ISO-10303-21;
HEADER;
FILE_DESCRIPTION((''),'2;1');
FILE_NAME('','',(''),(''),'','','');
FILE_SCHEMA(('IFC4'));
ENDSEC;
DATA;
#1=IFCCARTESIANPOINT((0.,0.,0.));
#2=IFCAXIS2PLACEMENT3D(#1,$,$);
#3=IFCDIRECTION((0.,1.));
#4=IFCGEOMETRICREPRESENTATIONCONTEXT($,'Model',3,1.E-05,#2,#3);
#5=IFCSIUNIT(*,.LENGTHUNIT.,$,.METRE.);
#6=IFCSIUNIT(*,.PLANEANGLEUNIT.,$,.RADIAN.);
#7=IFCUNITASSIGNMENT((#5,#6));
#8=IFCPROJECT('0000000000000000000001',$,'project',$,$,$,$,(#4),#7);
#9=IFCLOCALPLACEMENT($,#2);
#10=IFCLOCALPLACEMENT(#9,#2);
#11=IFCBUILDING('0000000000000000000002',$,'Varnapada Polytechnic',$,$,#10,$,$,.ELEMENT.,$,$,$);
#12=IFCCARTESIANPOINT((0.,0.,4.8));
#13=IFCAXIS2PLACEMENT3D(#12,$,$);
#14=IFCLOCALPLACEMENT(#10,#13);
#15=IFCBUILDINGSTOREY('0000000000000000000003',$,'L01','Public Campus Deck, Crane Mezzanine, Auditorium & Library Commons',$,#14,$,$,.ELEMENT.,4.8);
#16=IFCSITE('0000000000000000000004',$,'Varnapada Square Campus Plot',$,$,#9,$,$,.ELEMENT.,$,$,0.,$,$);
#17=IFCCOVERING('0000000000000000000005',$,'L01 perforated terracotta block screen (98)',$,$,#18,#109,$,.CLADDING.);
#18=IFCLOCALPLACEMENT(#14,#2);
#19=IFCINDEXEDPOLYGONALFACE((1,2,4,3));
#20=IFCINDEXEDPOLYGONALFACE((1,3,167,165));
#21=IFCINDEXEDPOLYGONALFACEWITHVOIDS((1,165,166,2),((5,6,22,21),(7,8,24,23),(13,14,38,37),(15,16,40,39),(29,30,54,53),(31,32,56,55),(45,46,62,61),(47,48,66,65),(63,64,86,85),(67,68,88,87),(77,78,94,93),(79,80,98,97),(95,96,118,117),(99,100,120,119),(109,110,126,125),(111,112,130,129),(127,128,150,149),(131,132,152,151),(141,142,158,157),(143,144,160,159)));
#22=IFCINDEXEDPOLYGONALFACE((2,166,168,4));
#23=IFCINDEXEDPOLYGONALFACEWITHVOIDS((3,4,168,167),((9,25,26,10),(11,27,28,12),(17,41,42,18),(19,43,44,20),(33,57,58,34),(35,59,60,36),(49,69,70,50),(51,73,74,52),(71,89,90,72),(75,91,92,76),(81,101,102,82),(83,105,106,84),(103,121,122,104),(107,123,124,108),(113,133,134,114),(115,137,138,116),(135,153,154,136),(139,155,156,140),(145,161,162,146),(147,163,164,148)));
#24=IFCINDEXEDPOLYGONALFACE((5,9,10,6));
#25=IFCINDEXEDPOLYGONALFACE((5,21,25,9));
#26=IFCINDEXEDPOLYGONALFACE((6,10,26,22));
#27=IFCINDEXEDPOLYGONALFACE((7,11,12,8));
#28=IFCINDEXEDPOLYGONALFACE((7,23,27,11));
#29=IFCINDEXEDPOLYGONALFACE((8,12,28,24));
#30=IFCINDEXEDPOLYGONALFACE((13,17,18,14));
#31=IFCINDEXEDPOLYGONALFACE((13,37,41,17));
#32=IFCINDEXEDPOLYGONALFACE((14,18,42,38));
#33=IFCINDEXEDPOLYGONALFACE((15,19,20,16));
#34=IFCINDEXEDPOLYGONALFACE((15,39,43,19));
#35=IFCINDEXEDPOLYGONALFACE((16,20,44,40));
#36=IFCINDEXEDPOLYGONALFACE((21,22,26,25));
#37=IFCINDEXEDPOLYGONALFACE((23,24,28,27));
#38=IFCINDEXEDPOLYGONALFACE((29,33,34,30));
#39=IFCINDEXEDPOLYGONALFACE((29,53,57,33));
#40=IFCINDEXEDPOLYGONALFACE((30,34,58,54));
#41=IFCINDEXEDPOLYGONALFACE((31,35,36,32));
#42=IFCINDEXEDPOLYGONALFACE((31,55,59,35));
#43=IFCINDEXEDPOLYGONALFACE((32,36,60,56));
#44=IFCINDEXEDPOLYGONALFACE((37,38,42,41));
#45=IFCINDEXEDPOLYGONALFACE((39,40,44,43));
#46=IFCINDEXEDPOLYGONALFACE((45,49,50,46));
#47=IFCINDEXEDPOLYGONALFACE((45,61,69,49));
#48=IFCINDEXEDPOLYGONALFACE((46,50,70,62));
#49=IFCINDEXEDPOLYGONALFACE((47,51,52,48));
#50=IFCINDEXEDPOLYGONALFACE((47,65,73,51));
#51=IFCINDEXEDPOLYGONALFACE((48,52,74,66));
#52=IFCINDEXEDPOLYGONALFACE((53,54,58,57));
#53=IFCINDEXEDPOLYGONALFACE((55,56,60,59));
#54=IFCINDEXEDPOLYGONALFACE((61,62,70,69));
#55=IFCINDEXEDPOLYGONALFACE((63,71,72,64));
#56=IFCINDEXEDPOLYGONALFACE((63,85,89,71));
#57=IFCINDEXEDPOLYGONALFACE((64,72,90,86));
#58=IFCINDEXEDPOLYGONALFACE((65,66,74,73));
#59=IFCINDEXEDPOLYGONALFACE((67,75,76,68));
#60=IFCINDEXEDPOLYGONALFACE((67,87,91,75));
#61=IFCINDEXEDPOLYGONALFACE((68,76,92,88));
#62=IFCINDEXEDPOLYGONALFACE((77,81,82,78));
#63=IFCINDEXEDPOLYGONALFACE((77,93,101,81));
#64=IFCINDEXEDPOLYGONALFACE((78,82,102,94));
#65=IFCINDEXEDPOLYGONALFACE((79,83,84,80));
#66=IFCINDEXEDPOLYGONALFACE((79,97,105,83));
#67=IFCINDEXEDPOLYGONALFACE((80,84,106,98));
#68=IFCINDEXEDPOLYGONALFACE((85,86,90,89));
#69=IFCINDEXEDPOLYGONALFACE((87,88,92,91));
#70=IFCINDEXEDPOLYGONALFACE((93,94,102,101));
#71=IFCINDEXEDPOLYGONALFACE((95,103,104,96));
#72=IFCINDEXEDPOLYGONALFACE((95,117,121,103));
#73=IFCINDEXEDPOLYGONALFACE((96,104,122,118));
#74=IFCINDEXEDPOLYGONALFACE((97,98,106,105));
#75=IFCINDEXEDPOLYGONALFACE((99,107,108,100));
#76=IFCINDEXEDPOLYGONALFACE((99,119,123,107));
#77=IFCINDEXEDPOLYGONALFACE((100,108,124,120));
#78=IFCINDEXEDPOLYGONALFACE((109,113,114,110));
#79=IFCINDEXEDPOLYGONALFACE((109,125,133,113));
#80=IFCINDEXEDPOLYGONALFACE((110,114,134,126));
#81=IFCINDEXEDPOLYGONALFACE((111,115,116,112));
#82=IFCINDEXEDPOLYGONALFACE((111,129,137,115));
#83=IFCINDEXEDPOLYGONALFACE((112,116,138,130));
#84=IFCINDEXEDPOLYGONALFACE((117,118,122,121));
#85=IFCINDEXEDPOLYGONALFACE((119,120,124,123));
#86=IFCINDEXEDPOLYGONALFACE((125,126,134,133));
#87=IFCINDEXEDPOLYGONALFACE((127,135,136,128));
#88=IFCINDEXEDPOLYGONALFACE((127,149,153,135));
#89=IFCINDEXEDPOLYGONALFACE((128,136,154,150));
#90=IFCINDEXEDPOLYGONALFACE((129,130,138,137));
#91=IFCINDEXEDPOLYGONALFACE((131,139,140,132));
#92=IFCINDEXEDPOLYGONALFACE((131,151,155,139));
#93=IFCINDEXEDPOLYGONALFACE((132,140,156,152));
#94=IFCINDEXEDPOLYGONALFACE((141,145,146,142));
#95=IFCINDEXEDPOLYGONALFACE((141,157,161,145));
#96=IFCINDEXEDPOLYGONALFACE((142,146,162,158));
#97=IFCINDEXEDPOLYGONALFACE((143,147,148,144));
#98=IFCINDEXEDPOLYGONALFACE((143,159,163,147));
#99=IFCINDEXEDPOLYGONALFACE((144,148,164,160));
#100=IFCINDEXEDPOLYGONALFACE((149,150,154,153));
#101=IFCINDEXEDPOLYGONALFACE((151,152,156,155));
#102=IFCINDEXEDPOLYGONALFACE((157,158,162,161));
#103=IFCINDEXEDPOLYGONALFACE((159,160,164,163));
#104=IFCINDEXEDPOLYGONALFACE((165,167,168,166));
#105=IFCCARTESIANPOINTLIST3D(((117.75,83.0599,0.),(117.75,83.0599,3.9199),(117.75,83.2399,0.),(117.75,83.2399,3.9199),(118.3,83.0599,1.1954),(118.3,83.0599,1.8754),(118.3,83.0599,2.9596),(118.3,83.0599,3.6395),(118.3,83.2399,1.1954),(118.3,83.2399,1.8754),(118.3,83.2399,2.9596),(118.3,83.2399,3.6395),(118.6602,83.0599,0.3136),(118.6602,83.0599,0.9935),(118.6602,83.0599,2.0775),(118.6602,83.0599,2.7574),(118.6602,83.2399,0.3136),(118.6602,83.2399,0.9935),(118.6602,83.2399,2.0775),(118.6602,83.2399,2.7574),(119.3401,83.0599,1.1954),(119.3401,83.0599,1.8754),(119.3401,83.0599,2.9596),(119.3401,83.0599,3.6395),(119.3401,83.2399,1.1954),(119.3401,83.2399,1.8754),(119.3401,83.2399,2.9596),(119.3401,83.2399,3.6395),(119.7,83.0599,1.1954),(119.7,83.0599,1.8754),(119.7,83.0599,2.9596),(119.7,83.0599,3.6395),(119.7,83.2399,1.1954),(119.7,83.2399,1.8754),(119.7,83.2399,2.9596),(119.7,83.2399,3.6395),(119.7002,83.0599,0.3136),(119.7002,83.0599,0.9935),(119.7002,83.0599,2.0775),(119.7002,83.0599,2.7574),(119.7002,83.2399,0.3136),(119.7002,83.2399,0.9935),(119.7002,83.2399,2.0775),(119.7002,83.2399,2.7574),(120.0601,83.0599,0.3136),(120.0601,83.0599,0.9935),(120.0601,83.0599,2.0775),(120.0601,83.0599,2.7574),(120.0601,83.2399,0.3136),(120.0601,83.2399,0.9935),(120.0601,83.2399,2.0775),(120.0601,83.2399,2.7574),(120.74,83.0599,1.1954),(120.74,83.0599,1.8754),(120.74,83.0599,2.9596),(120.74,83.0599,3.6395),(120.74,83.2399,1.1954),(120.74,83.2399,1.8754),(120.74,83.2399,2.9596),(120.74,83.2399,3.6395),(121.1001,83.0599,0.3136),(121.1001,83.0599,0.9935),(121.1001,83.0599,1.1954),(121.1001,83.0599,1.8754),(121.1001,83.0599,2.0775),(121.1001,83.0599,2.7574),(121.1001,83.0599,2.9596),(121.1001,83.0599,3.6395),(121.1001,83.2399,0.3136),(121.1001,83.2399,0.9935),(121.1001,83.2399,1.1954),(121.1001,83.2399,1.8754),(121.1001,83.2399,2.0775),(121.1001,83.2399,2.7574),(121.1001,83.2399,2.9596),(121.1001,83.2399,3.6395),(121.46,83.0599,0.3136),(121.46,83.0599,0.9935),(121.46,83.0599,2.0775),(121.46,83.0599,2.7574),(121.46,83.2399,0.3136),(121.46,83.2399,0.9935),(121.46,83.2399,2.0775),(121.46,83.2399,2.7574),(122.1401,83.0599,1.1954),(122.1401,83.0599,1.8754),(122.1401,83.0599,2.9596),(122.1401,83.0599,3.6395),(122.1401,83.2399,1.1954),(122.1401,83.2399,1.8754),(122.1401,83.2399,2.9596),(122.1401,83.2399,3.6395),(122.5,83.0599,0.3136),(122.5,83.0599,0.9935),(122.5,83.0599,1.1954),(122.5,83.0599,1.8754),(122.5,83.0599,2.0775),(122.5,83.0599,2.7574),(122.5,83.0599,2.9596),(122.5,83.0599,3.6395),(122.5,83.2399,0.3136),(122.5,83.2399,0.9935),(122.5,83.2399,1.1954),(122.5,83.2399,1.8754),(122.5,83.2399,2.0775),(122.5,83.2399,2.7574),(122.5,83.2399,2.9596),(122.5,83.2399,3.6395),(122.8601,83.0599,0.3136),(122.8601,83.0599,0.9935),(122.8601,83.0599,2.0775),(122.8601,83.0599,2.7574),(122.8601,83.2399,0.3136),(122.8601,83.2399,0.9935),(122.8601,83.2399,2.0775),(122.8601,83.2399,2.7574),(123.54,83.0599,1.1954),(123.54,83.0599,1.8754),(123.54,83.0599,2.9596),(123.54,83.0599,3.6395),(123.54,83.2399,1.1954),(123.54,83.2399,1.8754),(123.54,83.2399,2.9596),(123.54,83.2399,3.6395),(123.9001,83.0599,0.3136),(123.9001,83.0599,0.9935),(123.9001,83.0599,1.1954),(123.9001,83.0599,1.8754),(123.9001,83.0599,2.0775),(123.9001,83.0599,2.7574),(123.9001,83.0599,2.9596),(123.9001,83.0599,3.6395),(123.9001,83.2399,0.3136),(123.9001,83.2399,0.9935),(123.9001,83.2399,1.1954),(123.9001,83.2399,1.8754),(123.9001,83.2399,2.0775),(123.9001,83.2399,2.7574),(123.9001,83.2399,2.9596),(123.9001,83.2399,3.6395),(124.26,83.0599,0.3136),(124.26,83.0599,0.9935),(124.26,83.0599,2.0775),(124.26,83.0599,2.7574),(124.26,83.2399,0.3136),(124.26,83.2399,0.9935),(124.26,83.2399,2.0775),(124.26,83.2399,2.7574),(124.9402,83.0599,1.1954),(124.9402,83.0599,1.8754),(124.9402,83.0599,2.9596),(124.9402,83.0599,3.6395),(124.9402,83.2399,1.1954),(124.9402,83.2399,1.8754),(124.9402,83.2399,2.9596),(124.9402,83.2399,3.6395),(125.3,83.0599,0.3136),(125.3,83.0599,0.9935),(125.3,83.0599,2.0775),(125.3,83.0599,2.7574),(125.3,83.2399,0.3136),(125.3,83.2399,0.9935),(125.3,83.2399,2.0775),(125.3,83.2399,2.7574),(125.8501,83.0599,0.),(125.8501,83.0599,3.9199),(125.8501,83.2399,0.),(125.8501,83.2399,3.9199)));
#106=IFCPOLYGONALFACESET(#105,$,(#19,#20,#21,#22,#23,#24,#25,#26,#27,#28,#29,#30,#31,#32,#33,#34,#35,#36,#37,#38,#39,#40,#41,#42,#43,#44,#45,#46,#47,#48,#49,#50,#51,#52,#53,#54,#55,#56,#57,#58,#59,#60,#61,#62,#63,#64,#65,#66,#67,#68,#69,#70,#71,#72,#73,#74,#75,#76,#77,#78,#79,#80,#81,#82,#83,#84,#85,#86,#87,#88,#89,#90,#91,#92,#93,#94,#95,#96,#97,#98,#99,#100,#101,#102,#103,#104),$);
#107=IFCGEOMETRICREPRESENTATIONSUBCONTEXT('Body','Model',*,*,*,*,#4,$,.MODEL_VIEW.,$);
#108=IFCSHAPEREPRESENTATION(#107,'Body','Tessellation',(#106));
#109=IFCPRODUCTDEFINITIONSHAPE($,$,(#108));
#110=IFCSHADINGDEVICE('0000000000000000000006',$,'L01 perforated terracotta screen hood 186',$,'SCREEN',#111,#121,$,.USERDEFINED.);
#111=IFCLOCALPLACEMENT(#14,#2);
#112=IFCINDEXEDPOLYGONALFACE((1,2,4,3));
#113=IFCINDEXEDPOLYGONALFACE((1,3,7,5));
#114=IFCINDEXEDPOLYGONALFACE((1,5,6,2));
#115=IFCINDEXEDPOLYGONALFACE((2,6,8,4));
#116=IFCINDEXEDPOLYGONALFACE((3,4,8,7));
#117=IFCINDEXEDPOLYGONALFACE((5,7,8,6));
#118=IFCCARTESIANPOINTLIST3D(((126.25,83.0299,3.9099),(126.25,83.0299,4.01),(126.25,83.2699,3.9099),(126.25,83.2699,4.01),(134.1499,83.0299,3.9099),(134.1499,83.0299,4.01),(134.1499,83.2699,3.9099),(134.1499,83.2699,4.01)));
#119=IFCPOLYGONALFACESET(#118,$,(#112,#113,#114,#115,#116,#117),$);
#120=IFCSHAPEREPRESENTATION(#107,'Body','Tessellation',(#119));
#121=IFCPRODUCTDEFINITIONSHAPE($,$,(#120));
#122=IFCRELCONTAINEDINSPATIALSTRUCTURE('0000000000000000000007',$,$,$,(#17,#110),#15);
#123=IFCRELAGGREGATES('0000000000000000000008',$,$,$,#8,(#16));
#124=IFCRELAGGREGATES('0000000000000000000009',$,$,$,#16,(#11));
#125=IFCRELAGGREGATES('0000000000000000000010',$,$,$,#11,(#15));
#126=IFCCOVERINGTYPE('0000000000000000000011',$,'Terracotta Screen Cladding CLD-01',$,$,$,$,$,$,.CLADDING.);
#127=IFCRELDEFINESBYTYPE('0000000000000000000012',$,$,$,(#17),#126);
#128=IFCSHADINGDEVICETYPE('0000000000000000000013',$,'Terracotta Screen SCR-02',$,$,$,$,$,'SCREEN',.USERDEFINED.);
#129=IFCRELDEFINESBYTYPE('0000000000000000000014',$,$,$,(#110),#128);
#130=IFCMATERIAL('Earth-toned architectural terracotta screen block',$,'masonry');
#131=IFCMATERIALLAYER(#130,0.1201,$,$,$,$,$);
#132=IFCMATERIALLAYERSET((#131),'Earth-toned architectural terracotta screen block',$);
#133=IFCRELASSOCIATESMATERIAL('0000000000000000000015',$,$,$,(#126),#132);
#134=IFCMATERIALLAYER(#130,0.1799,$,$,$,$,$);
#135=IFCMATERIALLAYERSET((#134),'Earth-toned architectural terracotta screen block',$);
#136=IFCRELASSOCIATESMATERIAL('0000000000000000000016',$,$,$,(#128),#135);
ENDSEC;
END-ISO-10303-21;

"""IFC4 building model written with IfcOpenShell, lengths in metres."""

from ifc_helpers import new_model, si_unit, direction, frame, frame_2d, origin, origin_2d, place, context, subcontext, project, spatial, rectangle, extrude, material, layer, layer_set, type_object, element, save


model = new_model("IFC4")

# Units and contexts
model_context = context("Model", 3, precision=1e-05, world=origin(), true_north=direction((0.0, 1.0)))
body_context = subcontext(model_context, "Body", "Model", "MODEL_VIEW")
ifc_project = project(units=[si_unit("LENGTHUNIT", "METRE"), si_unit("PLANEANGLEUNIT", "RADIAN")], contexts=[model_context])

# Site, building, storey
site_placement = place(None, origin())
site = spatial("IfcSite", under=ifc_project, at=site_placement, Name="Varnapada Square Campus Plot", CompositionType="ELEMENT", RefElevation=0.0)
building_placement = place(site_placement, origin())
building = spatial("IfcBuilding", under=site, at=building_placement, Name="Varnapada Polytechnic", CompositionType="ELEMENT")
storey_placement = place(building_placement, frame((0.0, 0.0, 4.8)))
storey = spatial("IfcBuildingStorey", under=building, at=storey_placement, Name="L01", Description="Public Campus Deck, Crane Mezzanine, Auditorium & Library Commons", CompositionType="ELEMENT", Elevation=4.8)

# Covering, openings
ifc_material = material(Name="Earth-toned architectural terracotta screen block", Category="masonry")
ifc_layer_1 = layer(ifc_material, 0.1201)
ifc_layer_set_1 = layer_set([ifc_layer_1], Name="Earth-toned architectural terracotta screen block")
covering_type = type_object("IfcCoveringType", Name="Terracotta Screen Cladding CLD-01", PredefinedType="CLADDING", material=ifc_layer_set_1)
covering_placement = place(storey_placement, frame((125.8501, 83.1499, 0.0), z_axis=(0.0, 0.0, 1.0), x_axis=(-1.0, 0.0, 0.0)))
covering = element("IfcCovering", 1, at=covering_placement, inside=storey, type_object=covering_type, Name="L01 perforated terracotta block screen (98)", PredefinedType="CLADDING", context=body_context, shape_type="SweptSolid", body=[
    extrude(rectangle(XDim=8.1001, YDim=0.1799, at=frame_2d((4.05, 0.0))), origin(), (0.0, 0.0, 1.0), 3.9199),
])
opening_1_placement = place(covering_placement, frame((0.55, 0.0, 0.3137)))
element("IfcOpeningElement", 2, at=opening_1_placement, cuts=covering, PredefinedType="OPENING", context=body_context, shape_type="SweptSolid", body=[
    extrude(rectangle(XDim=1.04, YDim=0.6799, at=frame_2d((0.52, 0.3398))), frame((0.0, 0.0999, 0.0), z_axis=(0.0, -1.0, 0.0), x_axis=(1.0, 0.0, 0.0)), (0.0, 0.0, 1.0), 0.2),
])
opening_2_placement = place(covering_placement, frame((1.95, 0.0, 0.3137)))
element("IfcOpeningElement", 3, at=opening_2_placement, cuts=covering, PredefinedType="OPENING", context=body_context, shape_type="SweptSolid", body=[
    extrude(rectangle(XDim=1.04, YDim=0.6799, at=frame_2d((0.52, 0.3398))), frame((0.0, 0.0999, 0.0), z_axis=(0.0, -1.0, 0.0), x_axis=(1.0, 0.0, 0.0)), (0.0, 0.0, 1.0), 0.2),
])
opening_3_placement = place(covering_placement, frame((3.3501, 0.0, 0.3137)))
element("IfcOpeningElement", 4, at=opening_3_placement, cuts=covering, PredefinedType="OPENING", context=body_context, shape_type="SweptSolid", body=[
    extrude(rectangle(XDim=1.04, YDim=0.6799, at=frame_2d((0.52, 0.3398))), frame((0.0, 0.0999, 0.0), z_axis=(0.0, -1.0, 0.0), x_axis=(1.0, 0.0, 0.0)), (0.0, 0.0, 1.0), 0.2),
])
opening_4_placement = place(covering_placement, frame((4.75, 0.0, 0.3137)))
element("IfcOpeningElement", 5, at=opening_4_placement, cuts=covering, PredefinedType="OPENING", context=body_context, shape_type="SweptSolid", body=[
    extrude(rectangle(XDim=1.04, YDim=0.6799, at=frame_2d((0.52, 0.3398))), frame((0.0, 0.0999, 0.0), z_axis=(0.0, -1.0, 0.0), x_axis=(1.0, 0.0, 0.0)), (0.0, 0.0, 1.0), 0.2),
])
opening_5_placement = place(covering_placement, frame((6.1499, 0.0, 0.3137)))
element("IfcOpeningElement", 6, at=opening_5_placement, cuts=covering, PredefinedType="OPENING", context=body_context, shape_type="SweptSolid", body=[
    extrude(rectangle(XDim=1.04, YDim=0.6799, at=frame_2d((0.52, 0.3398))), frame((0.0, 0.0999, 0.0), z_axis=(0.0, -1.0, 0.0), x_axis=(1.0, 0.0, 0.0)), (0.0, 0.0, 1.0), 0.2),
])
opening_6_placement = place(covering_placement, frame((0.9099, 0.0, 1.1956)))
element("IfcOpeningElement", 7, at=opening_6_placement, cuts=covering, PredefinedType="OPENING", context=body_context, shape_type="SweptSolid", body=[
    extrude(rectangle(XDim=1.04, YDim=0.6799, at=frame_2d((0.52, 0.3398))), frame((0.0, 0.0999, 0.0), z_axis=(0.0, -1.0, 0.0), x_axis=(1.0, 0.0, 0.0)), (0.0, 0.0, 1.0), 0.2),
])
opening_7_placement = place(covering_placement, frame((2.3101, 0.0, 1.1956)))
element("IfcOpeningElement", 8, at=opening_7_placement, cuts=covering, PredefinedType="OPENING", context=body_context, shape_type="SweptSolid", body=[
    extrude(rectangle(XDim=1.04, YDim=0.6799, at=frame_2d((0.52, 0.3398))), frame((0.0, 0.0999, 0.0), z_axis=(0.0, -1.0, 0.0), x_axis=(1.0, 0.0, 0.0)), (0.0, 0.0, 1.0), 0.2),
])
opening_8_placement = place(covering_placement, frame((3.71, 0.0, 1.1956)))
element("IfcOpeningElement", 9, at=opening_8_placement, cuts=covering, PredefinedType="OPENING", context=body_context, shape_type="SweptSolid", body=[
    extrude(rectangle(XDim=1.04, YDim=0.6799, at=frame_2d((0.52, 0.3398))), frame((0.0, 0.0999, 0.0), z_axis=(0.0, -1.0, 0.0), x_axis=(1.0, 0.0, 0.0)), (0.0, 0.0, 1.0), 0.2),
])
opening_9_placement = place(covering_placement, frame((5.1101, 0.0, 1.1956)))
element("IfcOpeningElement", 10, at=opening_9_placement, cuts=covering, PredefinedType="OPENING", context=body_context, shape_type="SweptSolid", body=[
    extrude(rectangle(XDim=1.04, YDim=0.6799, at=frame_2d((0.52, 0.3398))), frame((0.0, 0.0999, 0.0), z_axis=(0.0, -1.0, 0.0), x_axis=(1.0, 0.0, 0.0)), (0.0, 0.0, 1.0), 0.2),
])
opening_10_placement = place(covering_placement, frame((6.51, 0.0, 1.1956)))
element("IfcOpeningElement", 11, at=opening_10_placement, cuts=covering, PredefinedType="OPENING", context=body_context, shape_type="SweptSolid", body=[
    extrude(rectangle(XDim=1.04, YDim=0.6799, at=frame_2d((0.52, 0.3398))), frame((0.0, 0.0999, 0.0), z_axis=(0.0, -1.0, 0.0), x_axis=(1.0, 0.0, 0.0)), (0.0, 0.0, 1.0), 0.2),
])
opening_11_placement = place(covering_placement, frame((0.55, 0.0, 2.0776)))
element("IfcOpeningElement", 12, at=opening_11_placement, cuts=covering, PredefinedType="OPENING", context=body_context, shape_type="SweptSolid", body=[
    extrude(rectangle(XDim=1.04, YDim=0.6799, at=frame_2d((0.52, 0.3398))), frame((0.0, 0.0999, 0.0), z_axis=(0.0, -1.0, 0.0), x_axis=(1.0, 0.0, 0.0)), (0.0, 0.0, 1.0), 0.2),
])
opening_12_placement = place(covering_placement, frame((1.95, 0.0, 2.0776)))
element("IfcOpeningElement", 13, at=opening_12_placement, cuts=covering, PredefinedType="OPENING", context=body_context, shape_type="SweptSolid", body=[
    extrude(rectangle(XDim=1.04, YDim=0.6799, at=frame_2d((0.52, 0.3398))), frame((0.0, 0.0999, 0.0), z_axis=(0.0, -1.0, 0.0), x_axis=(1.0, 0.0, 0.0)), (0.0, 0.0, 1.0), 0.2),
])
opening_13_placement = place(covering_placement, frame((3.3501, 0.0, 2.0776)))
element("IfcOpeningElement", 14, at=opening_13_placement, cuts=covering, PredefinedType="OPENING", context=body_context, shape_type="SweptSolid", body=[
    extrude(rectangle(XDim=1.04, YDim=0.6799, at=frame_2d((0.52, 0.3398))), frame((0.0, 0.0999, 0.0), z_axis=(0.0, -1.0, 0.0), x_axis=(1.0, 0.0, 0.0)), (0.0, 0.0, 1.0), 0.2),
])
opening_14_placement = place(covering_placement, frame((4.75, 0.0, 2.0776)))
element("IfcOpeningElement", 15, at=opening_14_placement, cuts=covering, PredefinedType="OPENING", context=body_context, shape_type="SweptSolid", body=[
    extrude(rectangle(XDim=1.04, YDim=0.6799, at=frame_2d((0.52, 0.3398))), frame((0.0, 0.0999, 0.0), z_axis=(0.0, -1.0, 0.0), x_axis=(1.0, 0.0, 0.0)), (0.0, 0.0, 1.0), 0.2),
])
opening_15_placement = place(covering_placement, frame((6.1499, 0.0, 2.0776)))
element("IfcOpeningElement", 16, at=opening_15_placement, cuts=covering, PredefinedType="OPENING", context=body_context, shape_type="SweptSolid", body=[
    extrude(rectangle(XDim=1.04, YDim=0.6799, at=frame_2d((0.52, 0.3398))), frame((0.0, 0.0999, 0.0), z_axis=(0.0, -1.0, 0.0), x_axis=(1.0, 0.0, 0.0)), (0.0, 0.0, 1.0), 0.2),
])
opening_16_placement = place(covering_placement, frame((0.9099, 0.0, 2.9597)))
element("IfcOpeningElement", 17, at=opening_16_placement, cuts=covering, PredefinedType="OPENING", context=body_context, shape_type="SweptSolid", body=[
    extrude(rectangle(XDim=1.04, YDim=0.6799, at=frame_2d((0.52, 0.3398))), frame((0.0, 0.0999, 0.0), z_axis=(0.0, -1.0, 0.0), x_axis=(1.0, 0.0, 0.0)), (0.0, 0.0, 1.0), 0.2),
])
opening_17_placement = place(covering_placement, frame((2.3101, 0.0, 2.9597)))
element("IfcOpeningElement", 18, at=opening_17_placement, cuts=covering, PredefinedType="OPENING", context=body_context, shape_type="SweptSolid", body=[
    extrude(rectangle(XDim=1.04, YDim=0.6799, at=frame_2d((0.52, 0.3398))), frame((0.0, 0.0999, 0.0), z_axis=(0.0, -1.0, 0.0), x_axis=(1.0, 0.0, 0.0)), (0.0, 0.0, 1.0), 0.2),
])
opening_18_placement = place(covering_placement, frame((3.71, 0.0, 2.9597)))
element("IfcOpeningElement", 19, at=opening_18_placement, cuts=covering, PredefinedType="OPENING", context=body_context, shape_type="SweptSolid", body=[
    extrude(rectangle(XDim=1.04, YDim=0.6799, at=frame_2d((0.52, 0.3398))), frame((0.0, 0.0999, 0.0), z_axis=(0.0, -1.0, 0.0), x_axis=(1.0, 0.0, 0.0)), (0.0, 0.0, 1.0), 0.2),
])
opening_19_placement = place(covering_placement, frame((5.1101, 0.0, 2.9597)))
element("IfcOpeningElement", 20, at=opening_19_placement, cuts=covering, PredefinedType="OPENING", context=body_context, shape_type="SweptSolid", body=[
    extrude(rectangle(XDim=1.04, YDim=0.6799, at=frame_2d((0.52, 0.3398))), frame((0.0, 0.0999, 0.0), z_axis=(0.0, -1.0, 0.0), x_axis=(1.0, 0.0, 0.0)), (0.0, 0.0, 1.0), 0.2),
])
opening_20_placement = place(covering_placement, frame((6.51, 0.0, 2.9597)))
element("IfcOpeningElement", 21, at=opening_20_placement, cuts=covering, PredefinedType="OPENING", context=body_context, shape_type="SweptSolid", body=[
    extrude(rectangle(XDim=1.04, YDim=0.6799, at=frame_2d((0.52, 0.3398))), frame((0.0, 0.0999, 0.0), z_axis=(0.0, -1.0, 0.0), x_axis=(1.0, 0.0, 0.0)), (0.0, 0.0, 1.0), 0.2),
])

# Shading device
ifc_layer_2 = layer(ifc_material, 0.1799)
ifc_layer_set_2 = layer_set([ifc_layer_2], Name="Earth-toned architectural terracotta screen block")
shading_device_type = type_object("IfcShadingDeviceType", Name="Terracotta Screen SCR-02", ElementType="SCREEN", PredefinedType="USERDEFINED", material=ifc_layer_set_2)
shading_device_placement = place(storey_placement, frame((130.2, 83.1499, 3.9099), z_axis=(0.0, 0.0, 1.0), x_axis=(-1.0, 0.0, 0.0)))
element("IfcShadingDevice", 22, at=shading_device_placement, inside=storey, type_object=shading_device_type, Name="L01 perforated terracotta screen hood 186", ObjectType="SCREEN", PredefinedType="USERDEFINED", context=body_context, shape_type="SweptSolid", body=[
    extrude(rectangle(XDim=7.8999, YDim=0.24, at=origin_2d()), origin(), (0.0, 0.0, 1.0), 0.1001),
])

save(model, "model.ifc")
